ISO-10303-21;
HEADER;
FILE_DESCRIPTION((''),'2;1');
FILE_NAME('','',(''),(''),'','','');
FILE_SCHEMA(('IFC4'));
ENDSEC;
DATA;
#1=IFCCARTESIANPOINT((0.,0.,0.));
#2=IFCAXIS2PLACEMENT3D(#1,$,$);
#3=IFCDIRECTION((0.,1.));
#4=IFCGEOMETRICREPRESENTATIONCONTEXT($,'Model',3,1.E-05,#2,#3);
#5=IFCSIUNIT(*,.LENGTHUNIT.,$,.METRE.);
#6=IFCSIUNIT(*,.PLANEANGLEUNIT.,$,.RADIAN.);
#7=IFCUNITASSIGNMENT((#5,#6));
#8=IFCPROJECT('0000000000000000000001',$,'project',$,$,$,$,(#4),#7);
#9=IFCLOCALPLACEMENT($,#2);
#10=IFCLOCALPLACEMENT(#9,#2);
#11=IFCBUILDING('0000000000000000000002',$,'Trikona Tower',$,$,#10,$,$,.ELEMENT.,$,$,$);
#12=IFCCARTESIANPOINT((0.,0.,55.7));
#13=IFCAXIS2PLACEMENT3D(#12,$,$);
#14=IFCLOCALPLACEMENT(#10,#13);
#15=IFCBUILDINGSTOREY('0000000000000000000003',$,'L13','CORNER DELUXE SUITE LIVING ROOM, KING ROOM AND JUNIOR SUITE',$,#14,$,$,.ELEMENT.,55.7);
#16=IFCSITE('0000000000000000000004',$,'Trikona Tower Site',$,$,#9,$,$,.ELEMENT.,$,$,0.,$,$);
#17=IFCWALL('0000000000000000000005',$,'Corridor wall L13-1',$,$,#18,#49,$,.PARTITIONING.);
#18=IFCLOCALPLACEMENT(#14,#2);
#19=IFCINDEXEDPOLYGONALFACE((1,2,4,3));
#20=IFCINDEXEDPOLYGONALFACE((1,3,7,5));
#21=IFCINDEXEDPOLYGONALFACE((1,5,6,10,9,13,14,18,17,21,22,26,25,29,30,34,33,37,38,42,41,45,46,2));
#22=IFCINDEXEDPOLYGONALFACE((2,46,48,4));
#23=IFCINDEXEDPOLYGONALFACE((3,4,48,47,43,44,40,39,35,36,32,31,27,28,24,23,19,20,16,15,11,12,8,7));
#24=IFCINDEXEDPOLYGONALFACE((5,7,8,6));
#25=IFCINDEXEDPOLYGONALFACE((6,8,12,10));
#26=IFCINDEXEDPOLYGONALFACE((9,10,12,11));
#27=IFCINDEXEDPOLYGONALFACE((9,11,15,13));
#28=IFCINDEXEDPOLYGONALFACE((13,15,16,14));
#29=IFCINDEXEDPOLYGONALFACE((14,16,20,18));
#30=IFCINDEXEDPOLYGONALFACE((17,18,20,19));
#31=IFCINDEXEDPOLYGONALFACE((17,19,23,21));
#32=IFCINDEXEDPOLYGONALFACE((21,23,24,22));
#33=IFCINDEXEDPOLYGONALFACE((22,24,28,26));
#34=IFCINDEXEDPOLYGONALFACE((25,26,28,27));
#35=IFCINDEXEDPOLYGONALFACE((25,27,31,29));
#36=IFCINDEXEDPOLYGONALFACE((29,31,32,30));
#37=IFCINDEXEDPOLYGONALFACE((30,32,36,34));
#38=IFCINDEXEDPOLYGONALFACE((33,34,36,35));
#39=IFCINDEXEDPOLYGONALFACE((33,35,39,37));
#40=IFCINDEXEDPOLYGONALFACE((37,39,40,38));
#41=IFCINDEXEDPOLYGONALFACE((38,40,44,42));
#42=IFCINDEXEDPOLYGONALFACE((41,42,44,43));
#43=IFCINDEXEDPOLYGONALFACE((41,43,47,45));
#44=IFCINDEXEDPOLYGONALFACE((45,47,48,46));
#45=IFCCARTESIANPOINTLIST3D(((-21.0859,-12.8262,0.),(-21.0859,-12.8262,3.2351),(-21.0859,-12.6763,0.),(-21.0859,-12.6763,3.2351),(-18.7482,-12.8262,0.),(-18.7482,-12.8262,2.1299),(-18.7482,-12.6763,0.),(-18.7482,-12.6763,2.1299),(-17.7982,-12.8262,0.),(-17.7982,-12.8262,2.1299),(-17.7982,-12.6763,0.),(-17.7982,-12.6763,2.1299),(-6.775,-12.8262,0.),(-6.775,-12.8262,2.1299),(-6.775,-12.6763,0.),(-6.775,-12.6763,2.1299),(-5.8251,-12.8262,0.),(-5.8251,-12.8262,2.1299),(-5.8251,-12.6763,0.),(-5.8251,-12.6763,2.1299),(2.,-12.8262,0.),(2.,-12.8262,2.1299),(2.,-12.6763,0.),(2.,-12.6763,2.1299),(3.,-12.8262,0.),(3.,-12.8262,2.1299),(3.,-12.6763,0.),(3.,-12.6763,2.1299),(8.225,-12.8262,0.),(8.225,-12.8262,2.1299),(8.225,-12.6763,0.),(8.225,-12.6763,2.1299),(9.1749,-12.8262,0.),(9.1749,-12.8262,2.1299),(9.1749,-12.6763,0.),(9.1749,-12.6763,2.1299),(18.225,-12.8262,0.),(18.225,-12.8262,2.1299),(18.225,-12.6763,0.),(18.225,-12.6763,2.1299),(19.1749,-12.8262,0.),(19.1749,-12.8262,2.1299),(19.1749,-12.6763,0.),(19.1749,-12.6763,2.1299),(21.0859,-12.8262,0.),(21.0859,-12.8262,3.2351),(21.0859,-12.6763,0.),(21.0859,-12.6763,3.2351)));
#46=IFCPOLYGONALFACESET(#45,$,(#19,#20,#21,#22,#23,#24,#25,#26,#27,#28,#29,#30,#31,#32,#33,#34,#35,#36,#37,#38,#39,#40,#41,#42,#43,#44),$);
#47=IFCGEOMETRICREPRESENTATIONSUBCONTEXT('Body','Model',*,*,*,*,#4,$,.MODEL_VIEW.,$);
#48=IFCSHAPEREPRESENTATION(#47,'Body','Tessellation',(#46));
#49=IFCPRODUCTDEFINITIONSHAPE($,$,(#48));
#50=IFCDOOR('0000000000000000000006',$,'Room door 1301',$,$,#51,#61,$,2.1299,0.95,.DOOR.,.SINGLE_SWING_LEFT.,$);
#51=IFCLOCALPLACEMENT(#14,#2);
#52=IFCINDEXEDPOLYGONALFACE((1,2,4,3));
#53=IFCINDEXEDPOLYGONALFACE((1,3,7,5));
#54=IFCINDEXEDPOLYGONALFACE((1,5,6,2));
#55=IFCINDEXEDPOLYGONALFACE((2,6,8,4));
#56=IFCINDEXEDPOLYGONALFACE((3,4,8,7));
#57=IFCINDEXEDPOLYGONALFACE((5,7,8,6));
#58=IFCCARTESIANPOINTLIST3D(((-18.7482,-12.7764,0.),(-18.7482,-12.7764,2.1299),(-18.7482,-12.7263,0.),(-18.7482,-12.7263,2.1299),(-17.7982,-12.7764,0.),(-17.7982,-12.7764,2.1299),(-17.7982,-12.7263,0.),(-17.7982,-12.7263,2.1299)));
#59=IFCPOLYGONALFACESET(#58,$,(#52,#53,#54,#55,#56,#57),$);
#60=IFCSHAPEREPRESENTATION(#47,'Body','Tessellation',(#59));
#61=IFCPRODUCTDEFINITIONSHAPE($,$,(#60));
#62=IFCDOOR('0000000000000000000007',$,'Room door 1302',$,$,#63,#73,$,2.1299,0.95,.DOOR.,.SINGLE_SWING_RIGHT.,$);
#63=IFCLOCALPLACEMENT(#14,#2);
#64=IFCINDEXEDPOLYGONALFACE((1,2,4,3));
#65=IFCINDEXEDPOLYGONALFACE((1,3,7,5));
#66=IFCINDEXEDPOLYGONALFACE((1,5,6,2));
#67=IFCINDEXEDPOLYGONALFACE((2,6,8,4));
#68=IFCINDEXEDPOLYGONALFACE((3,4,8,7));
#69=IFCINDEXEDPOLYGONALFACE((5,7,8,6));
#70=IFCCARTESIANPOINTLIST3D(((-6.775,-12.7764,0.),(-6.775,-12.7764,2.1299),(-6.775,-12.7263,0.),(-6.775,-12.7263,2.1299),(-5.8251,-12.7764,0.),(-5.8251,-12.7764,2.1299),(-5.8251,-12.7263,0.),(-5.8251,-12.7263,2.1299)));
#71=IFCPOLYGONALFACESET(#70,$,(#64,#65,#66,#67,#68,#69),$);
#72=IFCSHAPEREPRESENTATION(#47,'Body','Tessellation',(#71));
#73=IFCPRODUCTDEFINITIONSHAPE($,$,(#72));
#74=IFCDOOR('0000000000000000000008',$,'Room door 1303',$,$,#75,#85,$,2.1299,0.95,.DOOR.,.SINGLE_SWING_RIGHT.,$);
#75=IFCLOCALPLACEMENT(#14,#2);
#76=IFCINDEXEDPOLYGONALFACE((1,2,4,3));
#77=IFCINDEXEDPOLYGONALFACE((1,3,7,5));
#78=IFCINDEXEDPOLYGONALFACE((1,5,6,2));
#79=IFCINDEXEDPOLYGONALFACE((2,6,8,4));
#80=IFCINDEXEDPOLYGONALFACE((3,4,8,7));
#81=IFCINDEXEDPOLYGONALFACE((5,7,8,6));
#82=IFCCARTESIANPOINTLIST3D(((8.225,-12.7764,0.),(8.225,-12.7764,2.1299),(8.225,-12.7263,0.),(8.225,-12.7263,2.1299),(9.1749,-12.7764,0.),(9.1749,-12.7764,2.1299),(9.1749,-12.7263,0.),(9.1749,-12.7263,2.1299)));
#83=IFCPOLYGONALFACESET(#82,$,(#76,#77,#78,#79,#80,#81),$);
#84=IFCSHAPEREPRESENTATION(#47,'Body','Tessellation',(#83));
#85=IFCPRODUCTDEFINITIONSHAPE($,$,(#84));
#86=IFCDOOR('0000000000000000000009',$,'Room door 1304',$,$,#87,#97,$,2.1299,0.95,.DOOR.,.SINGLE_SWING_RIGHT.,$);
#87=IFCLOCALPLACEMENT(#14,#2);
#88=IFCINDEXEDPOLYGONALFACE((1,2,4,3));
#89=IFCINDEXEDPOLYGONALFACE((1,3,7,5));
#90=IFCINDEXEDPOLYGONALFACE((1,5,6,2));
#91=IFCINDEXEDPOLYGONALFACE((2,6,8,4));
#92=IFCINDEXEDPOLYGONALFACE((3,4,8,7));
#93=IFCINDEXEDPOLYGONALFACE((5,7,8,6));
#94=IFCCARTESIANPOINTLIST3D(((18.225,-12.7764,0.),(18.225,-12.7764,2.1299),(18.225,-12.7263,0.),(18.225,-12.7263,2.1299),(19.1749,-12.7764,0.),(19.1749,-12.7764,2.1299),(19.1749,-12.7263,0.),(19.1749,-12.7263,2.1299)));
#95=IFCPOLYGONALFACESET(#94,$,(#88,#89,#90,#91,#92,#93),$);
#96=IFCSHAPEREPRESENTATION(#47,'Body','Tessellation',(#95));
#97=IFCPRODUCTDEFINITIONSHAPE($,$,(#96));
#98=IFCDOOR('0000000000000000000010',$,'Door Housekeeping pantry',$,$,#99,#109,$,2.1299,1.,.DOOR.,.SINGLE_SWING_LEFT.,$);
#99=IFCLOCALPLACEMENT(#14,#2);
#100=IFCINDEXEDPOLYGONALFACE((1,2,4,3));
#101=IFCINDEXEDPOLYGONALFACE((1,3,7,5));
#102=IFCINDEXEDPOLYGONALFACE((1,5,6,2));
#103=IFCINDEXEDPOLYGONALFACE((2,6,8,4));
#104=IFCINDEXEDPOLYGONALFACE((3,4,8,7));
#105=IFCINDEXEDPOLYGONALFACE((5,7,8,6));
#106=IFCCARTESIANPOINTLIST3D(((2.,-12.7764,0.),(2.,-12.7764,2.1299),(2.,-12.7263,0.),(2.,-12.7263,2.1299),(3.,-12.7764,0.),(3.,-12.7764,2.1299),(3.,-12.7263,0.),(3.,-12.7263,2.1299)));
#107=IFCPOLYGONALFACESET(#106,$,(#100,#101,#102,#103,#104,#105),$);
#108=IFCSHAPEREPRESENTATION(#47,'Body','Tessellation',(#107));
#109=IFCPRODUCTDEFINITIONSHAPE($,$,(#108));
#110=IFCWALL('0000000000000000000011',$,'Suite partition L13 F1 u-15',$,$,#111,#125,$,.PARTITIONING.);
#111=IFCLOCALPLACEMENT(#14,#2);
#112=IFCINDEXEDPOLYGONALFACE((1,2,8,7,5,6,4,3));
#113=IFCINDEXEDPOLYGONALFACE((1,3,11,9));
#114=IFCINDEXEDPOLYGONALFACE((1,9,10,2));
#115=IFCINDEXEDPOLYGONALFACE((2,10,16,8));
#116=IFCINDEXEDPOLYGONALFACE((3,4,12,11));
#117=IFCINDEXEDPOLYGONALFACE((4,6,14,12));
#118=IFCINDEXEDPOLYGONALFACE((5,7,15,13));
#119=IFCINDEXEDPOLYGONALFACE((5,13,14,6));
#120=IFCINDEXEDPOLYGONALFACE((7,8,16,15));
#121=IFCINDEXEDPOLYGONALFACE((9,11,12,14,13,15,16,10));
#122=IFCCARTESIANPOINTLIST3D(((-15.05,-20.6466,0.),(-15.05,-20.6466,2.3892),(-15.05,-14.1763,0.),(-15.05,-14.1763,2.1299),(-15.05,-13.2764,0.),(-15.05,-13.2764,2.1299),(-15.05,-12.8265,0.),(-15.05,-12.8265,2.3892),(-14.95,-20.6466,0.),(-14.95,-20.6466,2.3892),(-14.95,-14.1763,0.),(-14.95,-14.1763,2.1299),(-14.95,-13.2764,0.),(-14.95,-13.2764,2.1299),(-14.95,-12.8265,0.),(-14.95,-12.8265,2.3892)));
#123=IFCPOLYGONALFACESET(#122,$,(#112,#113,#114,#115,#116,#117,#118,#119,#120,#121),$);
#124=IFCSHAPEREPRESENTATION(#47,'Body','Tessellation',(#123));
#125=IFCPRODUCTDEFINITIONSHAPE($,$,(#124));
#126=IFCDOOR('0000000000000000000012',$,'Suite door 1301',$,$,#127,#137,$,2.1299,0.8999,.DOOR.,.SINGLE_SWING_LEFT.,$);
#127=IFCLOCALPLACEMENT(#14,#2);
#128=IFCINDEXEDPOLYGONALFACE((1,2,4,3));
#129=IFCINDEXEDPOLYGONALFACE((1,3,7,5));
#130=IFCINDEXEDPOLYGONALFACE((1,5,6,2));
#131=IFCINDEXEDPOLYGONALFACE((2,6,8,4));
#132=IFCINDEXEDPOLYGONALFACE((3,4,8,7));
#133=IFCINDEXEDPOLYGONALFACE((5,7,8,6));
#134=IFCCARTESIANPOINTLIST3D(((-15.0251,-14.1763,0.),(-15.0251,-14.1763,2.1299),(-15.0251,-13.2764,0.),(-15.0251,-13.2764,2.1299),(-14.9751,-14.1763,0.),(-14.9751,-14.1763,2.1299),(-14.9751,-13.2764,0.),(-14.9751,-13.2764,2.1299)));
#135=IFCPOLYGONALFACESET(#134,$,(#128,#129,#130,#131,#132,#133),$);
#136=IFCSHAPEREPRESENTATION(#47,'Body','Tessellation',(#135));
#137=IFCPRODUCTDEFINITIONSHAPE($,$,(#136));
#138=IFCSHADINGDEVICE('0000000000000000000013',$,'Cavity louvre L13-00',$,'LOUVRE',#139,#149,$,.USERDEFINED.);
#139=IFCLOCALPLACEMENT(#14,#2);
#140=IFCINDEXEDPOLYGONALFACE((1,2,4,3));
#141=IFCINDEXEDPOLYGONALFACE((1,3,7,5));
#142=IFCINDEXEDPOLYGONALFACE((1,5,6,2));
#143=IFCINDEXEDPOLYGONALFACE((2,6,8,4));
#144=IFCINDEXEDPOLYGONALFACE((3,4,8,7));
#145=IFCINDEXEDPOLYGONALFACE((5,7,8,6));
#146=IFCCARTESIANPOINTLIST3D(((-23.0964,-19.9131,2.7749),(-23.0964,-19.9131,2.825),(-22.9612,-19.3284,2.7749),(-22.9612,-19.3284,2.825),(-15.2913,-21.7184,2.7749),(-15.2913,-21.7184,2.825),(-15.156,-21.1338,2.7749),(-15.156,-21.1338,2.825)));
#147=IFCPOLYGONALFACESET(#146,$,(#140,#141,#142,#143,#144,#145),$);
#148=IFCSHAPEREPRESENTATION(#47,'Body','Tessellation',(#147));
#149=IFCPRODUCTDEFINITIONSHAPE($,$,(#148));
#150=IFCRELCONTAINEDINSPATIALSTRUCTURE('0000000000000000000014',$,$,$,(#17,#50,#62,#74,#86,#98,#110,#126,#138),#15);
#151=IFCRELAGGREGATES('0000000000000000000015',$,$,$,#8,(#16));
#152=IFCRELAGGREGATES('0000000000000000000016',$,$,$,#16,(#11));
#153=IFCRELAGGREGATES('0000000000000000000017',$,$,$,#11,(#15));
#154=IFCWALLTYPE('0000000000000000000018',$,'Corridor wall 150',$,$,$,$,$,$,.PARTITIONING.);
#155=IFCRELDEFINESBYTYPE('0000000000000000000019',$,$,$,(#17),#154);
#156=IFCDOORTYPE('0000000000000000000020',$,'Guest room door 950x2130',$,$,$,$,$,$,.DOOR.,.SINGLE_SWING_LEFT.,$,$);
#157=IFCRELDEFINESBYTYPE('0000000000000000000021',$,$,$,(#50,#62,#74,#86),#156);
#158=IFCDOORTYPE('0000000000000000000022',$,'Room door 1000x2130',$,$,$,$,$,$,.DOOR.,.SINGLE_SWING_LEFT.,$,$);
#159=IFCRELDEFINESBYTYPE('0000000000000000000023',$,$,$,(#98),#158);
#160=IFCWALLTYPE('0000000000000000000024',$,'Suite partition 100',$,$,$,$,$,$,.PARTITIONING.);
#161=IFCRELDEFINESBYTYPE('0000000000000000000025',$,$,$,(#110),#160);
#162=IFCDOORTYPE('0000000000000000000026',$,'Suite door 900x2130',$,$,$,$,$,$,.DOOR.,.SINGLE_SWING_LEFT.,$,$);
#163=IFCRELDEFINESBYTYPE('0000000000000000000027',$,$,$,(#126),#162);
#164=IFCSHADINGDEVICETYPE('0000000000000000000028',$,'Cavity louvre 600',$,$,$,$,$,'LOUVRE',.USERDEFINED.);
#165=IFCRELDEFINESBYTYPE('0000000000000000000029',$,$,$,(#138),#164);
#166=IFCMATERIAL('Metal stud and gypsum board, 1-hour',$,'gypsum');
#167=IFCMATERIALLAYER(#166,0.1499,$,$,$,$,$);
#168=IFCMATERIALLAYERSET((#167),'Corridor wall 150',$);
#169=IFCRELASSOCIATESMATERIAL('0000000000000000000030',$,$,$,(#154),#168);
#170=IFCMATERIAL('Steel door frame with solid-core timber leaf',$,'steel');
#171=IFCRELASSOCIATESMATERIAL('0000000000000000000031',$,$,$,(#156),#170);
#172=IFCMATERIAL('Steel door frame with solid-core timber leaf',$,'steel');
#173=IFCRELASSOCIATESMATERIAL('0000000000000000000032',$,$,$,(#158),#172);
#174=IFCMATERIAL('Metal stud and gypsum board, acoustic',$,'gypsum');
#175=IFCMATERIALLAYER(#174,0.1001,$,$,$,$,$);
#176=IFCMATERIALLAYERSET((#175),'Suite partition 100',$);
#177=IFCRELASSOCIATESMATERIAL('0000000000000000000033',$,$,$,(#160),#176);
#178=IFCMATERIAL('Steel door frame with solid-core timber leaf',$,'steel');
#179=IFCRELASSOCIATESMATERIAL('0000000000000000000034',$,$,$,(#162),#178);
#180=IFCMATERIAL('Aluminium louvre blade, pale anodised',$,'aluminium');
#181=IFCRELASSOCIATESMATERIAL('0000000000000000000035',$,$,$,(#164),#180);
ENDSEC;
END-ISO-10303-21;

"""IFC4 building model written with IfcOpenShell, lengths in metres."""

from ifc_helpers import new_model, si_unit, direction, frame, frame_2d, origin, origin_2d, place, context, subcontext, project, spatial, rectangle, extrude, material, layer, layer_set, type_object, element, fill, save


model = new_model("IFC4")

# Units and contexts
model_context = context("Model", 3, precision=1e-05, world=origin(), true_north=direction((0.0, 1.0)))
body_context = subcontext(model_context, "Body", "Model", "MODEL_VIEW")
ifc_project = project(units=[si_unit("LENGTHUNIT", "METRE"), si_unit("PLANEANGLEUNIT", "RADIAN")], contexts=[model_context])

# Site, building, storey
site_placement = place(None, origin())
site = spatial("IfcSite", under=ifc_project, at=site_placement, Name="Trikona Tower Site", CompositionType="ELEMENT", RefElevation=0.0)
building_placement = place(site_placement, origin())
building = spatial("IfcBuilding", under=site, at=building_placement, Name="Trikona Tower", CompositionType="ELEMENT")
storey_placement = place(building_placement, frame((0.0, 0.0, 55.7)))
storey = spatial("IfcBuildingStorey", under=building, at=storey_placement, Name="L13", Description="CORNER DELUXE SUITE LIVING ROOM, KING ROOM AND JUNIOR SUITE", CompositionType="ELEMENT", Elevation=55.7)

# Wall, openings, doors
ifc_material_1 = material(Name="Metal stud and gypsum board, 1-hour", Category="gypsum")
ifc_layer_1 = layer(ifc_material_1, 0.1499)
ifc_layer_set_1 = layer_set([ifc_layer_1], Name="Corridor wall 150")
wall_type_1 = type_object("IfcWallType", Name="Corridor wall 150", PredefinedType="PARTITIONING", material=ifc_layer_set_1)
wall_1_placement = place(storey_placement, frame((-21.0859, -12.7512, 0.0), z_axis=(0.0, 0.0, 1.0), x_axis=(1.0, 0.0, 0.0)))
wall_1 = element("IfcWall", 1, at=wall_1_placement, inside=storey, type_object=wall_type_1, Name="Corridor wall L13-1", PredefinedType="PARTITIONING", context=body_context, shape_type="SweptSolid", body=[
    extrude(rectangle(XDim=42.1719, YDim=0.1499, at=frame_2d((21.0859, 0.0))), origin(), (0.0, 0.0, 1.0), 3.2351),
])
opening_1_placement = place(wall_1_placement, frame((2.3376, 0.0, 0.0)))
opening_1 = element("IfcOpeningElement", 2, at=opening_1_placement, cuts=wall_1, PredefinedType="OPENING", context=body_context, shape_type="SweptSolid", body=[
    extrude(rectangle(XDim=0.95, YDim=2.1299, at=frame_2d((0.4751, 1.0649))), frame((0.0, 0.085, 0.0), z_axis=(0.0, -1.0, 0.0), x_axis=(1.0, 0.0, 0.0)), (0.0, 0.0, 1.0), 0.1699),
])
opening_2_placement = place(wall_1_placement, frame((14.3108, 0.0, 0.0)))
opening_2 = element("IfcOpeningElement", 3, at=opening_2_placement, cuts=wall_1, PredefinedType="OPENING", context=body_context, shape_type="SweptSolid", body=[
    extrude(rectangle(XDim=0.95, YDim=2.1299, at=frame_2d((0.4751, 1.0649))), frame((0.0, 0.085, 0.0), z_axis=(0.0, -1.0, 0.0), x_axis=(1.0, 0.0, 0.0)), (0.0, 0.0, 1.0), 0.1699),
])
opening_3_placement = place(wall_1_placement, frame((23.0859, 0.0, 0.0)))
opening_3 = element("IfcOpeningElement", 4, at=opening_3_placement, cuts=wall_1, PredefinedType="OPENING", context=body_context, shape_type="SweptSolid", body=[
    extrude(rectangle(XDim=1.0, YDim=2.1299, at=frame_2d((0.5, 1.0649))), frame((0.0, 0.085, 0.0), z_axis=(0.0, -1.0, 0.0), x_axis=(1.0, 0.0, 0.0)), (0.0, 0.0, 1.0), 0.1699),
])
opening_4_placement = place(wall_1_placement, frame((29.3108, 0.0, 0.0)))
opening_4 = element("IfcOpeningElement", 5, at=opening_4_placement, cuts=wall_1, PredefinedType="OPENING", context=body_context, shape_type="SweptSolid", body=[
    extrude(rectangle(XDim=0.95, YDim=2.1299, at=frame_2d((0.4751, 1.0649))), frame((0.0, 0.085, 0.0), z_axis=(0.0, -1.0, 0.0), x_axis=(1.0, 0.0, 0.0)), (0.0, 0.0, 1.0), 0.1699),
])
opening_5_placement = place(wall_1_placement, frame((39.3108, 0.0, 0.0)))
opening_5 = element("IfcOpeningElement", 6, at=opening_5_placement, cuts=wall_1, PredefinedType="OPENING", context=body_context, shape_type="SweptSolid", body=[
    extrude(rectangle(XDim=0.95, YDim=2.1299, at=frame_2d((0.4751, 1.0649))), frame((0.0, 0.085, 0.0), z_axis=(0.0, -1.0, 0.0), x_axis=(1.0, 0.0, 0.0)), (0.0, 0.0, 1.0), 0.1699),
])
ifc_material_2 = material(Name="Steel door frame with solid-core timber leaf", Category="steel")
door_type_1 = type_object("IfcDoorType", Name="Guest room door 950x2130", OperationType="SINGLE_SWING_LEFT", PredefinedType="DOOR", material=ifc_material_2)
door_1_placement = place(opening_1_placement, origin())
door_1 = element("IfcDoor", 7, at=door_1_placement, inside=storey, type_object=door_type_1, Name="Room door 1301", OperationType="SINGLE_SWING_LEFT", OverallHeight=2.1299, OverallWidth=0.95, PredefinedType="DOOR", context=body_context, shape_type="SweptSolid", body=[
    extrude(rectangle(XDim=0.95, YDim=2.1299, at=frame_2d((0.4751, 1.0649))), frame((0.0, 0.0249, 0.0), z_axis=(0.0, -1.0, 0.0), x_axis=(1.0, 0.0, 0.0)), (0.0, 0.0, 1.0), 0.05),
])
fill(opening_1, door_1)
door_2_placement = place(opening_2_placement, origin())
door_2 = element("IfcDoor", 8, at=door_2_placement, inside=storey, type_object=door_type_1, Name="Room door 1302", OperationType="SINGLE_SWING_RIGHT", OverallHeight=2.1299, OverallWidth=0.95, PredefinedType="DOOR", context=body_context, shape_type="SweptSolid", body=[
    extrude(rectangle(XDim=0.95, YDim=2.1299, at=frame_2d((0.4751, 1.0649))), frame((0.0, 0.0249, 0.0), z_axis=(0.0, -1.0, 0.0), x_axis=(1.0, 0.0, 0.0)), (0.0, 0.0, 1.0), 0.05),
])
fill(opening_2, door_2)
door_3_placement = place(opening_4_placement, origin())
door_3 = element("IfcDoor", 9, at=door_3_placement, inside=storey, type_object=door_type_1, Name="Room door 1303", OperationType="SINGLE_SWING_RIGHT", OverallHeight=2.1299, OverallWidth=0.95, PredefinedType="DOOR", context=body_context, shape_type="SweptSolid", body=[
    extrude(rectangle(XDim=0.95, YDim=2.1299, at=frame_2d((0.4751, 1.0649))), frame((0.0, 0.0249, 0.0), z_axis=(0.0, -1.0, 0.0), x_axis=(1.0, 0.0, 0.0)), (0.0, 0.0, 1.0), 0.05),
])
fill(opening_4, door_3)
door_4_placement = place(opening_5_placement, origin())
door_4 = element("IfcDoor", 10, at=door_4_placement, inside=storey, type_object=door_type_1, Name="Room door 1304", OperationType="SINGLE_SWING_RIGHT", OverallHeight=2.1299, OverallWidth=0.95, PredefinedType="DOOR", context=body_context, shape_type="SweptSolid", body=[
    extrude(rectangle(XDim=0.95, YDim=2.1299, at=frame_2d((0.4751, 1.0649))), frame((0.0, 0.0249, 0.0), z_axis=(0.0, -1.0, 0.0), x_axis=(1.0, 0.0, 0.0)), (0.0, 0.0, 1.0), 0.05),
])
fill(opening_5, door_4)
ifc_material_3 = material(Name="Steel door frame with solid-core timber leaf", Category="steel")
door_type_2 = type_object("IfcDoorType", Name="Room door 1000x2130", OperationType="SINGLE_SWING_LEFT", PredefinedType="DOOR", material=ifc_material_3)
door_5_placement = place(opening_3_placement, origin())
door_5 = element("IfcDoor", 11, at=door_5_placement, inside=storey, type_object=door_type_2, Name="Door Housekeeping pantry", OperationType="SINGLE_SWING_LEFT", OverallHeight=2.1299, OverallWidth=1.0, PredefinedType="DOOR", context=body_context, shape_type="SweptSolid", body=[
    extrude(rectangle(XDim=1.0, YDim=2.1299, at=frame_2d((0.5, 1.0649))), frame((0.0, 0.0249, 0.0), z_axis=(0.0, -1.0, 0.0), x_axis=(1.0, 0.0, 0.0)), (0.0, 0.0, 1.0), 0.05),
])
fill(opening_3, door_5)

# Wall, opening, door
ifc_material_4 = material(Name="Metal stud and gypsum board, acoustic", Category="gypsum")
ifc_layer_2 = layer(ifc_material_4, 0.1001)
ifc_layer_set_2 = layer_set([ifc_layer_2], Name="Suite partition 100")
wall_type_2 = type_object("IfcWallType", Name="Suite partition 100", PredefinedType="PARTITIONING", material=ifc_layer_set_2)
wall_2_placement = place(storey_placement, frame((-15.0, -12.8264, 0.0), z_axis=(0.0, 0.0, 1.0), x_axis=(0.0, -1.0, 0.0)))
wall_2 = element("IfcWall", 12, at=wall_2_placement, inside=storey, type_object=wall_type_2, Name="Suite partition L13 F1 u-15", PredefinedType="PARTITIONING", context=body_context, shape_type="SweptSolid", body=[
    extrude(rectangle(XDim=7.8201, YDim=0.1001, at=frame_2d((3.9102, 0.0))), origin(), (0.0, 0.0, 1.0), 2.3892),
])
opening_6_placement = place(wall_2_placement, frame((0.45, 0.0, 0.0)))
opening_6 = element("IfcOpeningElement", 13, at=opening_6_placement, cuts=wall_2, PredefinedType="OPENING", context=body_context, shape_type="SweptSolid", body=[
    extrude(rectangle(XDim=0.8999, YDim=2.1299, at=frame_2d((0.45, 1.0649))), frame((0.0, 0.0601, 0.0), z_axis=(0.0, -1.0, 0.0), x_axis=(1.0, 0.0, 0.0)), (0.0, 0.0, 1.0), 0.1201),
])
ifc_material_5 = material(Name="Steel door frame with solid-core timber leaf", Category="steel")
door_type_3 = type_object("IfcDoorType", Name="Suite door 900x2130", OperationType="SINGLE_SWING_LEFT", PredefinedType="DOOR", material=ifc_material_5)
door_6_placement = place(opening_6_placement, origin())
door_6 = element("IfcDoor", 14, at=door_6_placement, inside=storey, type_object=door_type_3, Name="Suite door 1301", OperationType="SINGLE_SWING_LEFT", OverallHeight=2.1299, OverallWidth=0.8999, PredefinedType="DOOR", context=body_context, shape_type="SweptSolid", body=[
    extrude(rectangle(XDim=0.8999, YDim=2.1299, at=frame_2d((0.45, 1.0649))), frame((0.0, 0.0249, 0.0), z_axis=(0.0, -1.0, 0.0), x_axis=(1.0, 0.0, 0.0)), (0.0, 0.0, 1.0), 0.05),
])
fill(opening_6, door_6)

# Shading device
ifc_material_6 = material(Name="Aluminium louvre blade, pale anodised", Category="aluminium")
shading_device_type = type_object("IfcShadingDeviceType", Name="Cavity louvre 600", ElementType="LOUVRE", PredefinedType="USERDEFINED", material=ifc_material_6)
shading_device_placement = place(storey_placement, frame((-19.1262, -20.5234, 2.7749), z_axis=(0.0, 0.0, 1.0), x_axis=(0.974278, -0.225351, 0.0)))
element("IfcShadingDevice", 15, at=shading_device_placement, inside=storey, type_object=shading_device_type, Name="Cavity louvre L13-00", ObjectType="LOUVRE", PredefinedType="USERDEFINED", context=body_context, shape_type="SweptSolid", body=[
    extrude(rectangle(XDim=8.0112, YDim=0.6001, at=origin_2d()), origin(), (0.0, 0.0, 1.0), 0.05),
])

save(model, "model.ifc")
